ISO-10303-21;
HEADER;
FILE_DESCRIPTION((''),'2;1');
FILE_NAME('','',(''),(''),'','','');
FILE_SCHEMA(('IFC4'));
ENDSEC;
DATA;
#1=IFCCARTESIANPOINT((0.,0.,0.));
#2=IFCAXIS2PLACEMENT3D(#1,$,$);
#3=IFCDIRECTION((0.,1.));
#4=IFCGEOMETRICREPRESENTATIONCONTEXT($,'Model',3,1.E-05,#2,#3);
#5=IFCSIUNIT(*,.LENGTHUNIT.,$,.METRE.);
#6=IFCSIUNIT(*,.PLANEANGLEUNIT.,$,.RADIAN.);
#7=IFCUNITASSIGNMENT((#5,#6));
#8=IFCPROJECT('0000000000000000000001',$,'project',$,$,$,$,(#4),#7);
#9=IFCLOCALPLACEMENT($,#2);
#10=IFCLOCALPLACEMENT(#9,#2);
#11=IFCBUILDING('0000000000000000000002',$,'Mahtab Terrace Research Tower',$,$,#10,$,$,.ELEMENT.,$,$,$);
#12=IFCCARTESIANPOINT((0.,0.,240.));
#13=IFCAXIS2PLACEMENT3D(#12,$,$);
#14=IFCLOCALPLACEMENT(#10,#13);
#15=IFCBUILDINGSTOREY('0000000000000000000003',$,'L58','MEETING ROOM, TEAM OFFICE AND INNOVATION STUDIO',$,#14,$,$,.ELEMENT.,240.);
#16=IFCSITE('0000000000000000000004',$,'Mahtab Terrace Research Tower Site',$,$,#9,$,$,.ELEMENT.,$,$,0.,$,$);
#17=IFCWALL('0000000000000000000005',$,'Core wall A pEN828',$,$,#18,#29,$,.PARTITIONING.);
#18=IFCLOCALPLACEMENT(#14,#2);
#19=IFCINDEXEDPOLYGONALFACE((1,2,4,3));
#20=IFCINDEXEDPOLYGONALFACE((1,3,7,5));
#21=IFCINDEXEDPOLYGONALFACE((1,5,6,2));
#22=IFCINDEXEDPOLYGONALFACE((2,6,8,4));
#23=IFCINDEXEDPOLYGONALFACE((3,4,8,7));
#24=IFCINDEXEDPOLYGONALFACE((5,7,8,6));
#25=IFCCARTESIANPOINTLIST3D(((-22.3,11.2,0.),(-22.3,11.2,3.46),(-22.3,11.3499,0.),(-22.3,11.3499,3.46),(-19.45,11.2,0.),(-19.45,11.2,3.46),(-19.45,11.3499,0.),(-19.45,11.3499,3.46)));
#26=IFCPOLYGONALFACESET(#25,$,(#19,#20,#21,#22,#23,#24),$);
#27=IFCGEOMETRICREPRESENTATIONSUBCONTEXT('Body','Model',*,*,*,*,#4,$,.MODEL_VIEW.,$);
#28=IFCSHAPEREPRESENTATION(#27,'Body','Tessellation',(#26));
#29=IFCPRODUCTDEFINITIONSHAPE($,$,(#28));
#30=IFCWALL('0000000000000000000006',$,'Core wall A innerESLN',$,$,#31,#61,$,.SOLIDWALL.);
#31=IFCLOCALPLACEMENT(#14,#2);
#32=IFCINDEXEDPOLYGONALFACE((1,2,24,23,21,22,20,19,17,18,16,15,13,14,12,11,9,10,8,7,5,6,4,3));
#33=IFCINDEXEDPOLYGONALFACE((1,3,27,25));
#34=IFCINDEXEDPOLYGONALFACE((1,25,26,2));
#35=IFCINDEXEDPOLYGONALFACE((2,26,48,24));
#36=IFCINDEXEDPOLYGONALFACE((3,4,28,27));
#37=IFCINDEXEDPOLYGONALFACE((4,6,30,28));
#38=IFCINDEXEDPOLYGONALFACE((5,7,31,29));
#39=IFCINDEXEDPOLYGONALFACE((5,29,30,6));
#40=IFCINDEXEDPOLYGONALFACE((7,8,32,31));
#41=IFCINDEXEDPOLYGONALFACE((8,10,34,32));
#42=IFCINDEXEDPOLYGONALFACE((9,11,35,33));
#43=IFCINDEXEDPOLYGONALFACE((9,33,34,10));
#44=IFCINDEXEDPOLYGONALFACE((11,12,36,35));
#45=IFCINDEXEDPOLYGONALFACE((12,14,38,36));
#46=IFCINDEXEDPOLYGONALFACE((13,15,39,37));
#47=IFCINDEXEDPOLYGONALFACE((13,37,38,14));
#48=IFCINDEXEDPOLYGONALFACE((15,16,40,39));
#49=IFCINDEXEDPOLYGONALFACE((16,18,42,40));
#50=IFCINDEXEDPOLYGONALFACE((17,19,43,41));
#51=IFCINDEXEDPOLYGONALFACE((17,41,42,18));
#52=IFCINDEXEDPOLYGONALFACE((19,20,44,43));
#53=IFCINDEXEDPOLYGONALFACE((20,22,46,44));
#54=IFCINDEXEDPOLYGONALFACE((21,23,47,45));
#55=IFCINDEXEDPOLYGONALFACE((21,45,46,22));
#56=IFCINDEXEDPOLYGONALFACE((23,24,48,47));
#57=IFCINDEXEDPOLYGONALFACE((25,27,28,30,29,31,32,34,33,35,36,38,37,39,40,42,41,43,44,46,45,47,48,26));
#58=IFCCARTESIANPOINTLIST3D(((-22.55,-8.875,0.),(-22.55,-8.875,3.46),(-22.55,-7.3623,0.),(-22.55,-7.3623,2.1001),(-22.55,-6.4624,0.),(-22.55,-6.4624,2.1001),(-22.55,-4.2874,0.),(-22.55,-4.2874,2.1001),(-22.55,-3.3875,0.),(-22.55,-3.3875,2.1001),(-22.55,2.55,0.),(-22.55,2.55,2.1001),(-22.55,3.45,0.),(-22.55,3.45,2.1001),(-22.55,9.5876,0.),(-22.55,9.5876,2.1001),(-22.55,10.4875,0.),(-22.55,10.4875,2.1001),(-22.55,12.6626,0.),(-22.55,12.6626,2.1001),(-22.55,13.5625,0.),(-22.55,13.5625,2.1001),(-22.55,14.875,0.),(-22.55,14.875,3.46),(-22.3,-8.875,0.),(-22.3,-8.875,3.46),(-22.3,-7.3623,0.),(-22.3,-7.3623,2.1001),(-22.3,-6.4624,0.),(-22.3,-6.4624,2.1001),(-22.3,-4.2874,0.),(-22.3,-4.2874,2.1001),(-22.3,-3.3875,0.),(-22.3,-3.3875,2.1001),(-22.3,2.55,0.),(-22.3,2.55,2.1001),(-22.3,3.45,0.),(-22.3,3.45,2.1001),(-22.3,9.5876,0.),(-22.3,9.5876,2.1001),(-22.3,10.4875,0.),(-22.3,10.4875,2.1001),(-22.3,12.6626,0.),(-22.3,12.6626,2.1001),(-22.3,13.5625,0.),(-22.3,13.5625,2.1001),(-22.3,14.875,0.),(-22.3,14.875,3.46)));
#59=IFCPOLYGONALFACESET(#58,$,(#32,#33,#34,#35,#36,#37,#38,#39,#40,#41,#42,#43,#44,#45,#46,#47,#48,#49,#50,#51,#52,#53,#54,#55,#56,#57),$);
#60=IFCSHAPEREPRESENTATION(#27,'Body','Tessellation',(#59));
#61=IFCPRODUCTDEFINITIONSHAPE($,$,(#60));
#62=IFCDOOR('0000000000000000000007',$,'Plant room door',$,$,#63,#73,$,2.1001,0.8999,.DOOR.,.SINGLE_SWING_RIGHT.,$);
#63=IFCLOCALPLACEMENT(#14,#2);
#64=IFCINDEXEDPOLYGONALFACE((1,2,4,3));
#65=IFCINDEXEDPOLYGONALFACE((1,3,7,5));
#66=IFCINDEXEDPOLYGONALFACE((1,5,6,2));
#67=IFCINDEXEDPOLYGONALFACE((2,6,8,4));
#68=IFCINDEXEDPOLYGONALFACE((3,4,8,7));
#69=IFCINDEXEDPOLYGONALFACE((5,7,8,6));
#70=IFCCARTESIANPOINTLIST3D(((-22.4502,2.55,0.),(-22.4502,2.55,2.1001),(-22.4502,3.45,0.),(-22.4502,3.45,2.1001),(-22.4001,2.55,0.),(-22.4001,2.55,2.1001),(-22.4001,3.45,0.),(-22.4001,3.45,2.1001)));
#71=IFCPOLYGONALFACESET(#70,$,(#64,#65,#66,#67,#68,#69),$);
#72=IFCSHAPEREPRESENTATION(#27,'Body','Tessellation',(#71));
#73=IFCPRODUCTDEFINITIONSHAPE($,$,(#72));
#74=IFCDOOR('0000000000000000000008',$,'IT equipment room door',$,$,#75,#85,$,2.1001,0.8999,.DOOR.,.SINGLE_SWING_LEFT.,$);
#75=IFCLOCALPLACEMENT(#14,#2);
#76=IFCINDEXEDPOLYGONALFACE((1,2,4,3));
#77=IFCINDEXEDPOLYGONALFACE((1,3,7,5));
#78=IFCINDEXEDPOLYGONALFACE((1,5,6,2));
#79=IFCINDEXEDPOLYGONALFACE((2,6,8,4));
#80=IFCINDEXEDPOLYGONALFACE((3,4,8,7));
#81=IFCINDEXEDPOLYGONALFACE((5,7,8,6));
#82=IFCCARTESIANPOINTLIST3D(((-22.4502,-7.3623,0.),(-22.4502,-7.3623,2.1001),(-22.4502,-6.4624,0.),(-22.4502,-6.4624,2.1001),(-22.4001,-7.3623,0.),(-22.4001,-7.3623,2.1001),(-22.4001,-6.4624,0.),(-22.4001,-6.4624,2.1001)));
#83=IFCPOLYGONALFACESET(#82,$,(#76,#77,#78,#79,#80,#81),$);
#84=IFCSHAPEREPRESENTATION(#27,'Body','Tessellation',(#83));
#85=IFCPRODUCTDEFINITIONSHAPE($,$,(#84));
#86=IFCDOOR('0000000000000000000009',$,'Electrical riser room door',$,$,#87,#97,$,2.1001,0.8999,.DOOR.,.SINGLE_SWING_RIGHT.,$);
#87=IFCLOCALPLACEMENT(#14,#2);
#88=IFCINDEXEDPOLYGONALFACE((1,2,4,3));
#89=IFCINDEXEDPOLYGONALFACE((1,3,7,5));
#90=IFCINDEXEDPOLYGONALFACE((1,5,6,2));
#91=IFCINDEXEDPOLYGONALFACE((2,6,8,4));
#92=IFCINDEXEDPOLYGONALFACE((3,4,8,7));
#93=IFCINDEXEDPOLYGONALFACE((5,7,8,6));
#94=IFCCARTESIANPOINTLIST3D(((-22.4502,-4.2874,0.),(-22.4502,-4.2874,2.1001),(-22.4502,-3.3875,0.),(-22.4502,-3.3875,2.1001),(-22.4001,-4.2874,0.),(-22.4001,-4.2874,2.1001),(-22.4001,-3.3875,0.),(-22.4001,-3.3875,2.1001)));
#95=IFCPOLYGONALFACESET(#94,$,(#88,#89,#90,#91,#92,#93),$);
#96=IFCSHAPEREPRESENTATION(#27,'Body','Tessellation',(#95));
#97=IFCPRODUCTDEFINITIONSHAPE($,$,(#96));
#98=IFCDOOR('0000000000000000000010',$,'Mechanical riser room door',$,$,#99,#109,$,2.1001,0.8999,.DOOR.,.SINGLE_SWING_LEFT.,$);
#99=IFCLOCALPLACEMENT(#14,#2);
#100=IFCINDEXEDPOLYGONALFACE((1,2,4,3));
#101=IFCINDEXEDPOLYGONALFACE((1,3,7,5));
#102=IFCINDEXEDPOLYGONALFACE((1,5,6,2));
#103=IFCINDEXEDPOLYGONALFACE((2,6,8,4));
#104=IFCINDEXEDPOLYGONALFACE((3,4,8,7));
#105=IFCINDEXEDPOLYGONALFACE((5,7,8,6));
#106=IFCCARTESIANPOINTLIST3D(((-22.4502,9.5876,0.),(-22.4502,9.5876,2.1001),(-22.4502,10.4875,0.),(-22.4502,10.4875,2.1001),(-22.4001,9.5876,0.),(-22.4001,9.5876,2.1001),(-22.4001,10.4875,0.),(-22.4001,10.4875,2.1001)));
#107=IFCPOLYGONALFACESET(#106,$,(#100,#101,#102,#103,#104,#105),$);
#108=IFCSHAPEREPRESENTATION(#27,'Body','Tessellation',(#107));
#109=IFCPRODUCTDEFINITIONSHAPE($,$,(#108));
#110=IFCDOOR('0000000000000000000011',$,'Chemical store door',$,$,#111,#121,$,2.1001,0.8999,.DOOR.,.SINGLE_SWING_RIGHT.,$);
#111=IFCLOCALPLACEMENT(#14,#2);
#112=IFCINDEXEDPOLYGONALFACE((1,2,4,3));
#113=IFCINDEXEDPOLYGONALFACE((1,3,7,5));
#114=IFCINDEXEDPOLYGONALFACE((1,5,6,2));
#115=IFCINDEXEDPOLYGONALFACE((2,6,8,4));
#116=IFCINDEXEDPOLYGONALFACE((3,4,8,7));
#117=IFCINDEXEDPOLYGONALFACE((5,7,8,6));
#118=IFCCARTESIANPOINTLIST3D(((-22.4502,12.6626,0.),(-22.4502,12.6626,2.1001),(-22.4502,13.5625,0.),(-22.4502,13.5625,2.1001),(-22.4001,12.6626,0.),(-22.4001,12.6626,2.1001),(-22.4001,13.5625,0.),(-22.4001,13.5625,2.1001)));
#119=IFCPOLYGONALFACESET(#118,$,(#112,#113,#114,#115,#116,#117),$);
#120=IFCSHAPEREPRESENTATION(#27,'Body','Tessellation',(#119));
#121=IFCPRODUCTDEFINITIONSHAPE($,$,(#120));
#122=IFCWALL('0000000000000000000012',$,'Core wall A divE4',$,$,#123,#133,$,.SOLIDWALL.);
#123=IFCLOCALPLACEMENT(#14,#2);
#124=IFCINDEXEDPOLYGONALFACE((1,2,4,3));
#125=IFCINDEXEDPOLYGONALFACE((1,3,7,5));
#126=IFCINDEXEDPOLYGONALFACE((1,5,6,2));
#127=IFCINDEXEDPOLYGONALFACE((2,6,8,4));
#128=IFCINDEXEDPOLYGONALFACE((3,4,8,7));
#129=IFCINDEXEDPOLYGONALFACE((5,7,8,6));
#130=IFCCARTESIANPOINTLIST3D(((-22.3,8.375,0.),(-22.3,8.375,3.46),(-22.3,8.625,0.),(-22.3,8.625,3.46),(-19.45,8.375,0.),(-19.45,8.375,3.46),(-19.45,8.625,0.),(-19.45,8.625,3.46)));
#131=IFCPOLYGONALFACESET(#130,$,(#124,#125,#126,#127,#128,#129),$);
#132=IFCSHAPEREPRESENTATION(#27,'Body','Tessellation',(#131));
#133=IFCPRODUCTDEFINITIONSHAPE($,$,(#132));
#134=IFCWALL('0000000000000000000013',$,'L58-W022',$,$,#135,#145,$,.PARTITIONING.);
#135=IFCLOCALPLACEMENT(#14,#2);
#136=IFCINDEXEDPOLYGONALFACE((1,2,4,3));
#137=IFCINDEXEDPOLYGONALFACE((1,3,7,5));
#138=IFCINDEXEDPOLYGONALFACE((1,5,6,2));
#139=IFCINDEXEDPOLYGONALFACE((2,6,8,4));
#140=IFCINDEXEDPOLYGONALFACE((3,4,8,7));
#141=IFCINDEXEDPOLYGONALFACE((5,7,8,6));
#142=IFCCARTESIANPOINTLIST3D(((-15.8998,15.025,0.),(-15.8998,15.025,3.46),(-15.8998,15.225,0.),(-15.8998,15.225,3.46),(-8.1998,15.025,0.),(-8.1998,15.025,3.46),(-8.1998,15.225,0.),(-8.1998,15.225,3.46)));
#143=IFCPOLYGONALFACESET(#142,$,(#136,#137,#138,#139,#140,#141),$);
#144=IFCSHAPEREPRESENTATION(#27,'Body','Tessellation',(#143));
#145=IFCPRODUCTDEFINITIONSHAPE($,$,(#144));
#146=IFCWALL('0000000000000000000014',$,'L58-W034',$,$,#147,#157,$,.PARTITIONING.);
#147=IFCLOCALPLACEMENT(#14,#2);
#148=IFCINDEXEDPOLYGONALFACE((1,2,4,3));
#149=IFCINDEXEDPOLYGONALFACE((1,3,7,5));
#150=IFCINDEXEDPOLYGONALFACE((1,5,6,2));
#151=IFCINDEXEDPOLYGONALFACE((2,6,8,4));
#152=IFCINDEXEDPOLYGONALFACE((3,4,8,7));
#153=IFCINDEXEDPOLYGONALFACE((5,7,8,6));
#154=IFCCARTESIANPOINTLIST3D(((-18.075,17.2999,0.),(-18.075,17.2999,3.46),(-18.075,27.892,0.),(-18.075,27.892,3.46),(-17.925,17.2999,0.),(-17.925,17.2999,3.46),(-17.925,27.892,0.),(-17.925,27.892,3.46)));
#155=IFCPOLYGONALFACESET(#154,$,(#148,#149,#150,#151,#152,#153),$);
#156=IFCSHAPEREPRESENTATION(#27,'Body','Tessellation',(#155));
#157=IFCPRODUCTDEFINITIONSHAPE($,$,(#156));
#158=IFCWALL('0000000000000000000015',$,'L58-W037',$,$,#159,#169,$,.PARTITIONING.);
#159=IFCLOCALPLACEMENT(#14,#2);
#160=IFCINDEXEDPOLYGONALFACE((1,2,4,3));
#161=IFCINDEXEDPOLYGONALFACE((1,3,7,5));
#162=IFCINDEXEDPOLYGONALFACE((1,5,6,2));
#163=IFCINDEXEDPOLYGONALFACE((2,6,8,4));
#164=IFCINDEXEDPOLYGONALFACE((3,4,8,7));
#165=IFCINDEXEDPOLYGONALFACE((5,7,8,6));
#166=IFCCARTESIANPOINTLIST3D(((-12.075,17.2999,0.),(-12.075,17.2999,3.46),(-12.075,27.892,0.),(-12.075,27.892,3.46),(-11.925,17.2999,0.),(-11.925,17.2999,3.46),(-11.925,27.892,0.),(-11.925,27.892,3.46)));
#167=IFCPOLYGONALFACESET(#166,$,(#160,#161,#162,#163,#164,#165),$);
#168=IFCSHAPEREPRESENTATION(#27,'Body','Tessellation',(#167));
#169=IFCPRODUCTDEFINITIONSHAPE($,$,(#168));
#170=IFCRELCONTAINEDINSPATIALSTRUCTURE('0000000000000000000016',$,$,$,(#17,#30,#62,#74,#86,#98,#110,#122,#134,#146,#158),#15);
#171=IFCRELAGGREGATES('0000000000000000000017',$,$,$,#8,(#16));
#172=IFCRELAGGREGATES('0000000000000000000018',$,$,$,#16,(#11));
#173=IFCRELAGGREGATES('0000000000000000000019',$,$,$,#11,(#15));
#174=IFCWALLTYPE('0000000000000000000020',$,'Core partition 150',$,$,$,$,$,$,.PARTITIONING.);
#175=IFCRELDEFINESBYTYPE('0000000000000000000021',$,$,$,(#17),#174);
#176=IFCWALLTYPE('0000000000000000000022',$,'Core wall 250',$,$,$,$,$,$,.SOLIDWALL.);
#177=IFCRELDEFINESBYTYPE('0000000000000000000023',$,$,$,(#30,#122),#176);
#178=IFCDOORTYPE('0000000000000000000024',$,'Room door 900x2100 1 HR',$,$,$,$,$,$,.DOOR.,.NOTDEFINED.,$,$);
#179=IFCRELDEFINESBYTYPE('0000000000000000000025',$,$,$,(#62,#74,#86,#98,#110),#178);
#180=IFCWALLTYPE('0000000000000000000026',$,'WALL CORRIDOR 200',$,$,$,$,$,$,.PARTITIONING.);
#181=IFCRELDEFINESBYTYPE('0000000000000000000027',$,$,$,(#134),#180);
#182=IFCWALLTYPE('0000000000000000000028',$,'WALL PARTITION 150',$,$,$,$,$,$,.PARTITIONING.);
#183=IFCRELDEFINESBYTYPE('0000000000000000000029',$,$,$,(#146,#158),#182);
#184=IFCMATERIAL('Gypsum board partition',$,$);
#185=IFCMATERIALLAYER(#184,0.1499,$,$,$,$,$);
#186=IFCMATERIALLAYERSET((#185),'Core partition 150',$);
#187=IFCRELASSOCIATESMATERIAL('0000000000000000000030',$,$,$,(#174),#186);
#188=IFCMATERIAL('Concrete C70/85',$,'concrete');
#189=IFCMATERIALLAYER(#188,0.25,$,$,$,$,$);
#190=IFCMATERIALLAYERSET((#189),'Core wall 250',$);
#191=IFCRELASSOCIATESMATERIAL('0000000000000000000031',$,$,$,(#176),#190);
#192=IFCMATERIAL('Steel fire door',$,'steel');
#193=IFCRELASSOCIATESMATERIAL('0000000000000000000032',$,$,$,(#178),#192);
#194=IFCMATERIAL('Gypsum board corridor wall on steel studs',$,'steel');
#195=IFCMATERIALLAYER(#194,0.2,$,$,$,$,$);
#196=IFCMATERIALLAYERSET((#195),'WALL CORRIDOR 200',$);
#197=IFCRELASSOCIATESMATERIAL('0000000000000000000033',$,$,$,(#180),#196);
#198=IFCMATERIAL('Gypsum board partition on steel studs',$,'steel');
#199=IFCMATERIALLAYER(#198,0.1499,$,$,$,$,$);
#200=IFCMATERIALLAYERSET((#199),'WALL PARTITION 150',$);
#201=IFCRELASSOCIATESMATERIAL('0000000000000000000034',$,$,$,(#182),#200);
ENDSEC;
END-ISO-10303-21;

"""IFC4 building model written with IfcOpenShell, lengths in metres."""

from ifc_helpers import new_model, si_unit, direction, frame, frame_2d, origin, place, context, subcontext, project, spatial, rectangle, extrude, material, layer, layer_set, type_object, element, fill, save


model = new_model("IFC4")

# Units and contexts
model_context = context("Model", 3, precision=1e-05, world=origin(), true_north=direction((0.0, 1.0)))
body_context = subcontext(model_context, "Body", "Model", "MODEL_VIEW")
ifc_project = project(units=[si_unit("LENGTHUNIT", "METRE"), si_unit("PLANEANGLEUNIT", "RADIAN")], contexts=[model_context])

# Site, building, storey
site_placement = place(None, origin())
site = spatial("IfcSite", under=ifc_project, at=site_placement, Name="Mahtab Terrace Research Tower Site", CompositionType="ELEMENT", RefElevation=0.0)
building_placement = place(site_placement, origin())
building = spatial("IfcBuilding", under=site, at=building_placement, Name="Mahtab Terrace Research Tower", CompositionType="ELEMENT")
storey_placement = place(building_placement, frame((0.0, 0.0, 240.0)))
storey = spatial("IfcBuildingStorey", under=building, at=storey_placement, Name="L58", Description="MEETING ROOM, TEAM OFFICE AND INNOVATION STUDIO", CompositionType="ELEMENT", Elevation=240.0)

# Shared definitions
ifc_material_1 = material(Name="Concrete C70/85", Category="concrete")

# Wall
ifc_material_2 = material(Name="Gypsum board partition")
ifc_layer_1 = layer(ifc_material_2, 0.1499)
ifc_layer_set_1 = layer_set([ifc_layer_1], Name="Core partition 150")
wall_type_1 = type_object("IfcWallType", Name="Core partition 150", PredefinedType="PARTITIONING", material=ifc_layer_set_1)
wall_1_placement = place(storey_placement, frame((-22.3, 11.2749, 0.0), z_axis=(0.0, 0.0, 1.0), x_axis=(1.0, 0.0, 0.0)))
element("IfcWall", 1, at=wall_1_placement, inside=storey, type_object=wall_type_1, Name="Core wall A pEN828", PredefinedType="PARTITIONING", context=body_context, shape_type="SweptSolid", body=[
    extrude(rectangle(XDim=2.8501, YDim=0.1499, at=frame_2d((1.425, 0.0))), origin(), (0.0, 0.0, 1.0), 3.46),
])

# Wall, openings, doors
ifc_layer_2 = layer(ifc_material_1, 0.25)
ifc_layer_set_2 = layer_set([ifc_layer_2], Name="Core wall 250")
wall_type_2 = type_object("IfcWallType", Name="Core wall 250", PredefinedType="SOLIDWALL", material=ifc_layer_set_2)
wall_2_placement = place(storey_placement, frame((-22.425, 14.875, 0.0), z_axis=(0.0, 0.0, 1.0), x_axis=(0.0, -1.0, 0.0)))
wall_2 = element("IfcWall", 2, at=wall_2_placement, inside=storey, type_object=wall_type_2, Name="Core wall A innerESLN", PredefinedType="SOLIDWALL", context=body_context, shape_type="SweptSolid", body=[
    extrude(rectangle(XDim=23.75, YDim=0.25, at=frame_2d((11.875, 0.0))), origin(), (0.0, 0.0, 1.0), 3.46),
])
opening_1_placement = place(wall_2_placement, frame((11.425, 0.0, 0.0)))
opening_1 = element("IfcOpeningElement", 3, at=opening_1_placement, cuts=wall_2, PredefinedType="OPENING", context=body_context, shape_type="SweptSolid", body=[
    extrude(rectangle(XDim=0.8999, YDim=2.1001, at=frame_2d((0.45, 1.05))), frame((0.0, 0.135, 0.0), z_axis=(0.0, -1.0, 0.0), x_axis=(1.0, 0.0, 0.0)), (0.0, 0.0, 1.0), 0.27),
])
opening_2_placement = place(wall_2_placement, frame((21.3374, 0.0, 0.0)))
opening_2 = element("IfcOpeningElement", 4, at=opening_2_placement, cuts=wall_2, PredefinedType="OPENING", context=body_context, shape_type="SweptSolid", body=[
    extrude(rectangle(XDim=0.8999, YDim=2.1001, at=frame_2d((0.45, 1.05))), frame((0.0, 0.135, 0.0), z_axis=(0.0, -1.0, 0.0), x_axis=(1.0, 0.0, 0.0)), (0.0, 0.0, 1.0), 0.27),
])
opening_3_placement = place(wall_2_placement, frame((18.2625, 0.0, 0.0)))
opening_3 = element("IfcOpeningElement", 5, at=opening_3_placement, cuts=wall_2, PredefinedType="OPENING", context=body_context, shape_type="SweptSolid", body=[
    extrude(rectangle(XDim=0.8999, YDim=2.1001, at=frame_2d((0.45, 1.05))), frame((0.0, 0.135, 0.0), z_axis=(0.0, -1.0, 0.0), x_axis=(1.0, 0.0, 0.0)), (0.0, 0.0, 1.0), 0.27),
])
opening_4_placement = place(wall_2_placement, frame((4.3875, 0.0, 0.0)))
opening_4 = element("IfcOpeningElement", 6, at=opening_4_placement, cuts=wall_2, PredefinedType="OPENING", context=body_context, shape_type="SweptSolid", body=[
    extrude(rectangle(XDim=0.8999, YDim=2.1001, at=frame_2d((0.45, 1.05))), frame((0.0, 0.135, 0.0), z_axis=(0.0, -1.0, 0.0), x_axis=(1.0, 0.0, 0.0)), (0.0, 0.0, 1.0), 0.27),
])
opening_5_placement = place(wall_2_placement, frame((1.3125, 0.0, 0.0)))
opening_5 = element("IfcOpeningElement", 7, at=opening_5_placement, cuts=wall_2, PredefinedType="OPENING", context=body_context, shape_type="SweptSolid", body=[
    extrude(rectangle(XDim=0.8999, YDim=2.1001, at=frame_2d((0.45, 1.05))), frame((0.0, 0.135, 0.0), z_axis=(0.0, -1.0, 0.0), x_axis=(1.0, 0.0, 0.0)), (0.0, 0.0, 1.0), 0.27),
])
ifc_material_3 = material(Name="Steel fire door", Category="steel")
door_type = type_object("IfcDoorType", Name="Room door 900x2100 1 HR", OperationType="NOTDEFINED", PredefinedType="DOOR", material=ifc_material_3)
door_1_placement = place(opening_1_placement, origin())
door_1 = element("IfcDoor", 8, at=door_1_placement, inside=storey, type_object=door_type, Name="Plant room door", OperationType="SINGLE_SWING_RIGHT", OverallHeight=2.1001, OverallWidth=0.8999, PredefinedType="DOOR", context=body_context, shape_type="SweptSolid", body=[
    extrude(rectangle(XDim=0.8999, YDim=2.1001, at=frame_2d((0.45, 1.05))), frame((0.0, 0.0249, 0.0), z_axis=(0.0, -1.0, 0.0), x_axis=(1.0, 0.0, 0.0)), (0.0, 0.0, 1.0), 0.05),
])
fill(opening_1, door_1)
door_2_placement = place(opening_2_placement, origin())
door_2 = element("IfcDoor", 9, at=door_2_placement, inside=storey, type_object=door_type, Name="IT equipment room door", OperationType="SINGLE_SWING_LEFT", OverallHeight=2.1001, OverallWidth=0.8999, PredefinedType="DOOR", context=body_context, shape_type="SweptSolid", body=[
    extrude(rectangle(XDim=0.8999, YDim=2.1001, at=frame_2d((0.45, 1.05))), frame((0.0, 0.0249, 0.0), z_axis=(0.0, -1.0, 0.0), x_axis=(1.0, 0.0, 0.0)), (0.0, 0.0, 1.0), 0.05),
])
fill(opening_2, door_2)
door_3_placement = place(opening_3_placement, origin())
door_3 = element("IfcDoor", 10, at=door_3_placement, inside=storey, type_object=door_type, Name="Electrical riser room door", OperationType="SINGLE_SWING_RIGHT", OverallHeight=2.1001, OverallWidth=0.8999, PredefinedType="DOOR", context=body_context, shape_type="SweptSolid", body=[
    extrude(rectangle(XDim=0.8999, YDim=2.1001, at=frame_2d((0.45, 1.05))), frame((0.0, 0.0249, 0.0), z_axis=(0.0, -1.0, 0.0), x_axis=(1.0, 0.0, 0.0)), (0.0, 0.0, 1.0), 0.05),
])
fill(opening_3, door_3)
door_4_placement = place(opening_4_placement, origin())
door_4 = element("IfcDoor", 11, at=door_4_placement, inside=storey, type_object=door_type, Name="Mechanical riser room door", OperationType="SINGLE_SWING_LEFT", OverallHeight=2.1001, OverallWidth=0.8999, PredefinedType="DOOR", context=body_context, shape_type="SweptSolid", body=[
    extrude(rectangle(XDim=0.8999, YDim=2.1001, at=frame_2d((0.45, 1.05))), frame((0.0, 0.0249, 0.0), z_axis=(0.0, -1.0, 0.0), x_axis=(1.0, 0.0, 0.0)), (0.0, 0.0, 1.0), 0.05),
])
fill(opening_4, door_4)
door_5_placement = place(opening_5_placement, origin())
door_5 = element("IfcDoor", 12, at=door_5_placement, inside=storey, type_object=door_type, Name="Chemical store door", OperationType="SINGLE_SWING_RIGHT", OverallHeight=2.1001, OverallWidth=0.8999, PredefinedType="DOOR", context=body_context, shape_type="SweptSolid", body=[
    extrude(rectangle(XDim=0.8999, YDim=2.1001, at=frame_2d((0.45, 1.05))), frame((0.0, 0.0249, 0.0), z_axis=(0.0, -1.0, 0.0), x_axis=(1.0, 0.0, 0.0)), (0.0, 0.0, 1.0), 0.05),
])
fill(opening_5, door_5)

# Walls
wall_3_placement = place(storey_placement, frame((-22.3, 8.5, 0.0), z_axis=(0.0, 0.0, 1.0), x_axis=(1.0, 0.0, 0.0)))
element("IfcWall", 13, at=wall_3_placement, inside=storey, type_object=wall_type_2, Name="Core wall A divE4", PredefinedType="SOLIDWALL", context=body_context, shape_type="SweptSolid", body=[
    extrude(rectangle(XDim=2.8501, YDim=0.25, at=frame_2d((1.425, 0.0))), origin(), (0.0, 0.0, 1.0), 3.46),
])
ifc_material_4 = material(Name="Gypsum board corridor wall on steel studs", Category="steel")
ifc_layer_3 = layer(ifc_material_4, 0.2)
ifc_layer_set_3 = layer_set([ifc_layer_3], Name="WALL CORRIDOR 200")
wall_type_3 = type_object("IfcWallType", Name="WALL CORRIDOR 200", PredefinedType="PARTITIONING", material=ifc_layer_set_3)
wall_4_placement = place(storey_placement, frame((-15.8999, 15.125, 0.0), z_axis=(0.0, 0.0, 1.0), x_axis=(1.0, 0.0, 0.0)))
element("IfcWall", 14, at=wall_4_placement, inside=storey, type_object=wall_type_3, Name="L58-W022", PredefinedType="PARTITIONING", context=body_context, shape_type="SweptSolid", body=[
    extrude(rectangle(XDim=7.7, YDim=0.2, at=frame_2d((3.8501, 0.0))), origin(), (0.0, 0.0, 1.0), 3.46),
])
ifc_material_5 = material(Name="Gypsum board partition on steel studs", Category="steel")
ifc_layer_4 = layer(ifc_material_5, 0.1499)
ifc_layer_set_4 = layer_set([ifc_layer_4], Name="WALL PARTITION 150")
wall_type_4 = type_object("IfcWallType", Name="WALL PARTITION 150", PredefinedType="PARTITIONING", material=ifc_layer_set_4)
for number, where, z_axis, x_axis, name in (
    (15, (-18.0, 17.3, 0.0), (0.0, 0.0, 1.0), (0.0, 1.0, 0.0), "L58-W034"),
    (16, (-12.0, 17.3, 0.0), (0.0, 0.0, 1.0), (0.0, 1.0, 0.0), "L58-W037"),
):
    element("IfcWall", number, at=place(storey_placement, frame(where, z_axis=z_axis, x_axis=x_axis)), inside=storey, type_object=wall_type_4, Name=name, PredefinedType="PARTITIONING", context=body_context, shape_type="SweptSolid", body=[
        extrude(rectangle(XDim=10.592, YDim=0.1499, at=frame_2d((5.2959, 0.0))), origin(), (0.0, 0.0, 1.0), 3.46),
    ])

save(model, "model.ifc")
